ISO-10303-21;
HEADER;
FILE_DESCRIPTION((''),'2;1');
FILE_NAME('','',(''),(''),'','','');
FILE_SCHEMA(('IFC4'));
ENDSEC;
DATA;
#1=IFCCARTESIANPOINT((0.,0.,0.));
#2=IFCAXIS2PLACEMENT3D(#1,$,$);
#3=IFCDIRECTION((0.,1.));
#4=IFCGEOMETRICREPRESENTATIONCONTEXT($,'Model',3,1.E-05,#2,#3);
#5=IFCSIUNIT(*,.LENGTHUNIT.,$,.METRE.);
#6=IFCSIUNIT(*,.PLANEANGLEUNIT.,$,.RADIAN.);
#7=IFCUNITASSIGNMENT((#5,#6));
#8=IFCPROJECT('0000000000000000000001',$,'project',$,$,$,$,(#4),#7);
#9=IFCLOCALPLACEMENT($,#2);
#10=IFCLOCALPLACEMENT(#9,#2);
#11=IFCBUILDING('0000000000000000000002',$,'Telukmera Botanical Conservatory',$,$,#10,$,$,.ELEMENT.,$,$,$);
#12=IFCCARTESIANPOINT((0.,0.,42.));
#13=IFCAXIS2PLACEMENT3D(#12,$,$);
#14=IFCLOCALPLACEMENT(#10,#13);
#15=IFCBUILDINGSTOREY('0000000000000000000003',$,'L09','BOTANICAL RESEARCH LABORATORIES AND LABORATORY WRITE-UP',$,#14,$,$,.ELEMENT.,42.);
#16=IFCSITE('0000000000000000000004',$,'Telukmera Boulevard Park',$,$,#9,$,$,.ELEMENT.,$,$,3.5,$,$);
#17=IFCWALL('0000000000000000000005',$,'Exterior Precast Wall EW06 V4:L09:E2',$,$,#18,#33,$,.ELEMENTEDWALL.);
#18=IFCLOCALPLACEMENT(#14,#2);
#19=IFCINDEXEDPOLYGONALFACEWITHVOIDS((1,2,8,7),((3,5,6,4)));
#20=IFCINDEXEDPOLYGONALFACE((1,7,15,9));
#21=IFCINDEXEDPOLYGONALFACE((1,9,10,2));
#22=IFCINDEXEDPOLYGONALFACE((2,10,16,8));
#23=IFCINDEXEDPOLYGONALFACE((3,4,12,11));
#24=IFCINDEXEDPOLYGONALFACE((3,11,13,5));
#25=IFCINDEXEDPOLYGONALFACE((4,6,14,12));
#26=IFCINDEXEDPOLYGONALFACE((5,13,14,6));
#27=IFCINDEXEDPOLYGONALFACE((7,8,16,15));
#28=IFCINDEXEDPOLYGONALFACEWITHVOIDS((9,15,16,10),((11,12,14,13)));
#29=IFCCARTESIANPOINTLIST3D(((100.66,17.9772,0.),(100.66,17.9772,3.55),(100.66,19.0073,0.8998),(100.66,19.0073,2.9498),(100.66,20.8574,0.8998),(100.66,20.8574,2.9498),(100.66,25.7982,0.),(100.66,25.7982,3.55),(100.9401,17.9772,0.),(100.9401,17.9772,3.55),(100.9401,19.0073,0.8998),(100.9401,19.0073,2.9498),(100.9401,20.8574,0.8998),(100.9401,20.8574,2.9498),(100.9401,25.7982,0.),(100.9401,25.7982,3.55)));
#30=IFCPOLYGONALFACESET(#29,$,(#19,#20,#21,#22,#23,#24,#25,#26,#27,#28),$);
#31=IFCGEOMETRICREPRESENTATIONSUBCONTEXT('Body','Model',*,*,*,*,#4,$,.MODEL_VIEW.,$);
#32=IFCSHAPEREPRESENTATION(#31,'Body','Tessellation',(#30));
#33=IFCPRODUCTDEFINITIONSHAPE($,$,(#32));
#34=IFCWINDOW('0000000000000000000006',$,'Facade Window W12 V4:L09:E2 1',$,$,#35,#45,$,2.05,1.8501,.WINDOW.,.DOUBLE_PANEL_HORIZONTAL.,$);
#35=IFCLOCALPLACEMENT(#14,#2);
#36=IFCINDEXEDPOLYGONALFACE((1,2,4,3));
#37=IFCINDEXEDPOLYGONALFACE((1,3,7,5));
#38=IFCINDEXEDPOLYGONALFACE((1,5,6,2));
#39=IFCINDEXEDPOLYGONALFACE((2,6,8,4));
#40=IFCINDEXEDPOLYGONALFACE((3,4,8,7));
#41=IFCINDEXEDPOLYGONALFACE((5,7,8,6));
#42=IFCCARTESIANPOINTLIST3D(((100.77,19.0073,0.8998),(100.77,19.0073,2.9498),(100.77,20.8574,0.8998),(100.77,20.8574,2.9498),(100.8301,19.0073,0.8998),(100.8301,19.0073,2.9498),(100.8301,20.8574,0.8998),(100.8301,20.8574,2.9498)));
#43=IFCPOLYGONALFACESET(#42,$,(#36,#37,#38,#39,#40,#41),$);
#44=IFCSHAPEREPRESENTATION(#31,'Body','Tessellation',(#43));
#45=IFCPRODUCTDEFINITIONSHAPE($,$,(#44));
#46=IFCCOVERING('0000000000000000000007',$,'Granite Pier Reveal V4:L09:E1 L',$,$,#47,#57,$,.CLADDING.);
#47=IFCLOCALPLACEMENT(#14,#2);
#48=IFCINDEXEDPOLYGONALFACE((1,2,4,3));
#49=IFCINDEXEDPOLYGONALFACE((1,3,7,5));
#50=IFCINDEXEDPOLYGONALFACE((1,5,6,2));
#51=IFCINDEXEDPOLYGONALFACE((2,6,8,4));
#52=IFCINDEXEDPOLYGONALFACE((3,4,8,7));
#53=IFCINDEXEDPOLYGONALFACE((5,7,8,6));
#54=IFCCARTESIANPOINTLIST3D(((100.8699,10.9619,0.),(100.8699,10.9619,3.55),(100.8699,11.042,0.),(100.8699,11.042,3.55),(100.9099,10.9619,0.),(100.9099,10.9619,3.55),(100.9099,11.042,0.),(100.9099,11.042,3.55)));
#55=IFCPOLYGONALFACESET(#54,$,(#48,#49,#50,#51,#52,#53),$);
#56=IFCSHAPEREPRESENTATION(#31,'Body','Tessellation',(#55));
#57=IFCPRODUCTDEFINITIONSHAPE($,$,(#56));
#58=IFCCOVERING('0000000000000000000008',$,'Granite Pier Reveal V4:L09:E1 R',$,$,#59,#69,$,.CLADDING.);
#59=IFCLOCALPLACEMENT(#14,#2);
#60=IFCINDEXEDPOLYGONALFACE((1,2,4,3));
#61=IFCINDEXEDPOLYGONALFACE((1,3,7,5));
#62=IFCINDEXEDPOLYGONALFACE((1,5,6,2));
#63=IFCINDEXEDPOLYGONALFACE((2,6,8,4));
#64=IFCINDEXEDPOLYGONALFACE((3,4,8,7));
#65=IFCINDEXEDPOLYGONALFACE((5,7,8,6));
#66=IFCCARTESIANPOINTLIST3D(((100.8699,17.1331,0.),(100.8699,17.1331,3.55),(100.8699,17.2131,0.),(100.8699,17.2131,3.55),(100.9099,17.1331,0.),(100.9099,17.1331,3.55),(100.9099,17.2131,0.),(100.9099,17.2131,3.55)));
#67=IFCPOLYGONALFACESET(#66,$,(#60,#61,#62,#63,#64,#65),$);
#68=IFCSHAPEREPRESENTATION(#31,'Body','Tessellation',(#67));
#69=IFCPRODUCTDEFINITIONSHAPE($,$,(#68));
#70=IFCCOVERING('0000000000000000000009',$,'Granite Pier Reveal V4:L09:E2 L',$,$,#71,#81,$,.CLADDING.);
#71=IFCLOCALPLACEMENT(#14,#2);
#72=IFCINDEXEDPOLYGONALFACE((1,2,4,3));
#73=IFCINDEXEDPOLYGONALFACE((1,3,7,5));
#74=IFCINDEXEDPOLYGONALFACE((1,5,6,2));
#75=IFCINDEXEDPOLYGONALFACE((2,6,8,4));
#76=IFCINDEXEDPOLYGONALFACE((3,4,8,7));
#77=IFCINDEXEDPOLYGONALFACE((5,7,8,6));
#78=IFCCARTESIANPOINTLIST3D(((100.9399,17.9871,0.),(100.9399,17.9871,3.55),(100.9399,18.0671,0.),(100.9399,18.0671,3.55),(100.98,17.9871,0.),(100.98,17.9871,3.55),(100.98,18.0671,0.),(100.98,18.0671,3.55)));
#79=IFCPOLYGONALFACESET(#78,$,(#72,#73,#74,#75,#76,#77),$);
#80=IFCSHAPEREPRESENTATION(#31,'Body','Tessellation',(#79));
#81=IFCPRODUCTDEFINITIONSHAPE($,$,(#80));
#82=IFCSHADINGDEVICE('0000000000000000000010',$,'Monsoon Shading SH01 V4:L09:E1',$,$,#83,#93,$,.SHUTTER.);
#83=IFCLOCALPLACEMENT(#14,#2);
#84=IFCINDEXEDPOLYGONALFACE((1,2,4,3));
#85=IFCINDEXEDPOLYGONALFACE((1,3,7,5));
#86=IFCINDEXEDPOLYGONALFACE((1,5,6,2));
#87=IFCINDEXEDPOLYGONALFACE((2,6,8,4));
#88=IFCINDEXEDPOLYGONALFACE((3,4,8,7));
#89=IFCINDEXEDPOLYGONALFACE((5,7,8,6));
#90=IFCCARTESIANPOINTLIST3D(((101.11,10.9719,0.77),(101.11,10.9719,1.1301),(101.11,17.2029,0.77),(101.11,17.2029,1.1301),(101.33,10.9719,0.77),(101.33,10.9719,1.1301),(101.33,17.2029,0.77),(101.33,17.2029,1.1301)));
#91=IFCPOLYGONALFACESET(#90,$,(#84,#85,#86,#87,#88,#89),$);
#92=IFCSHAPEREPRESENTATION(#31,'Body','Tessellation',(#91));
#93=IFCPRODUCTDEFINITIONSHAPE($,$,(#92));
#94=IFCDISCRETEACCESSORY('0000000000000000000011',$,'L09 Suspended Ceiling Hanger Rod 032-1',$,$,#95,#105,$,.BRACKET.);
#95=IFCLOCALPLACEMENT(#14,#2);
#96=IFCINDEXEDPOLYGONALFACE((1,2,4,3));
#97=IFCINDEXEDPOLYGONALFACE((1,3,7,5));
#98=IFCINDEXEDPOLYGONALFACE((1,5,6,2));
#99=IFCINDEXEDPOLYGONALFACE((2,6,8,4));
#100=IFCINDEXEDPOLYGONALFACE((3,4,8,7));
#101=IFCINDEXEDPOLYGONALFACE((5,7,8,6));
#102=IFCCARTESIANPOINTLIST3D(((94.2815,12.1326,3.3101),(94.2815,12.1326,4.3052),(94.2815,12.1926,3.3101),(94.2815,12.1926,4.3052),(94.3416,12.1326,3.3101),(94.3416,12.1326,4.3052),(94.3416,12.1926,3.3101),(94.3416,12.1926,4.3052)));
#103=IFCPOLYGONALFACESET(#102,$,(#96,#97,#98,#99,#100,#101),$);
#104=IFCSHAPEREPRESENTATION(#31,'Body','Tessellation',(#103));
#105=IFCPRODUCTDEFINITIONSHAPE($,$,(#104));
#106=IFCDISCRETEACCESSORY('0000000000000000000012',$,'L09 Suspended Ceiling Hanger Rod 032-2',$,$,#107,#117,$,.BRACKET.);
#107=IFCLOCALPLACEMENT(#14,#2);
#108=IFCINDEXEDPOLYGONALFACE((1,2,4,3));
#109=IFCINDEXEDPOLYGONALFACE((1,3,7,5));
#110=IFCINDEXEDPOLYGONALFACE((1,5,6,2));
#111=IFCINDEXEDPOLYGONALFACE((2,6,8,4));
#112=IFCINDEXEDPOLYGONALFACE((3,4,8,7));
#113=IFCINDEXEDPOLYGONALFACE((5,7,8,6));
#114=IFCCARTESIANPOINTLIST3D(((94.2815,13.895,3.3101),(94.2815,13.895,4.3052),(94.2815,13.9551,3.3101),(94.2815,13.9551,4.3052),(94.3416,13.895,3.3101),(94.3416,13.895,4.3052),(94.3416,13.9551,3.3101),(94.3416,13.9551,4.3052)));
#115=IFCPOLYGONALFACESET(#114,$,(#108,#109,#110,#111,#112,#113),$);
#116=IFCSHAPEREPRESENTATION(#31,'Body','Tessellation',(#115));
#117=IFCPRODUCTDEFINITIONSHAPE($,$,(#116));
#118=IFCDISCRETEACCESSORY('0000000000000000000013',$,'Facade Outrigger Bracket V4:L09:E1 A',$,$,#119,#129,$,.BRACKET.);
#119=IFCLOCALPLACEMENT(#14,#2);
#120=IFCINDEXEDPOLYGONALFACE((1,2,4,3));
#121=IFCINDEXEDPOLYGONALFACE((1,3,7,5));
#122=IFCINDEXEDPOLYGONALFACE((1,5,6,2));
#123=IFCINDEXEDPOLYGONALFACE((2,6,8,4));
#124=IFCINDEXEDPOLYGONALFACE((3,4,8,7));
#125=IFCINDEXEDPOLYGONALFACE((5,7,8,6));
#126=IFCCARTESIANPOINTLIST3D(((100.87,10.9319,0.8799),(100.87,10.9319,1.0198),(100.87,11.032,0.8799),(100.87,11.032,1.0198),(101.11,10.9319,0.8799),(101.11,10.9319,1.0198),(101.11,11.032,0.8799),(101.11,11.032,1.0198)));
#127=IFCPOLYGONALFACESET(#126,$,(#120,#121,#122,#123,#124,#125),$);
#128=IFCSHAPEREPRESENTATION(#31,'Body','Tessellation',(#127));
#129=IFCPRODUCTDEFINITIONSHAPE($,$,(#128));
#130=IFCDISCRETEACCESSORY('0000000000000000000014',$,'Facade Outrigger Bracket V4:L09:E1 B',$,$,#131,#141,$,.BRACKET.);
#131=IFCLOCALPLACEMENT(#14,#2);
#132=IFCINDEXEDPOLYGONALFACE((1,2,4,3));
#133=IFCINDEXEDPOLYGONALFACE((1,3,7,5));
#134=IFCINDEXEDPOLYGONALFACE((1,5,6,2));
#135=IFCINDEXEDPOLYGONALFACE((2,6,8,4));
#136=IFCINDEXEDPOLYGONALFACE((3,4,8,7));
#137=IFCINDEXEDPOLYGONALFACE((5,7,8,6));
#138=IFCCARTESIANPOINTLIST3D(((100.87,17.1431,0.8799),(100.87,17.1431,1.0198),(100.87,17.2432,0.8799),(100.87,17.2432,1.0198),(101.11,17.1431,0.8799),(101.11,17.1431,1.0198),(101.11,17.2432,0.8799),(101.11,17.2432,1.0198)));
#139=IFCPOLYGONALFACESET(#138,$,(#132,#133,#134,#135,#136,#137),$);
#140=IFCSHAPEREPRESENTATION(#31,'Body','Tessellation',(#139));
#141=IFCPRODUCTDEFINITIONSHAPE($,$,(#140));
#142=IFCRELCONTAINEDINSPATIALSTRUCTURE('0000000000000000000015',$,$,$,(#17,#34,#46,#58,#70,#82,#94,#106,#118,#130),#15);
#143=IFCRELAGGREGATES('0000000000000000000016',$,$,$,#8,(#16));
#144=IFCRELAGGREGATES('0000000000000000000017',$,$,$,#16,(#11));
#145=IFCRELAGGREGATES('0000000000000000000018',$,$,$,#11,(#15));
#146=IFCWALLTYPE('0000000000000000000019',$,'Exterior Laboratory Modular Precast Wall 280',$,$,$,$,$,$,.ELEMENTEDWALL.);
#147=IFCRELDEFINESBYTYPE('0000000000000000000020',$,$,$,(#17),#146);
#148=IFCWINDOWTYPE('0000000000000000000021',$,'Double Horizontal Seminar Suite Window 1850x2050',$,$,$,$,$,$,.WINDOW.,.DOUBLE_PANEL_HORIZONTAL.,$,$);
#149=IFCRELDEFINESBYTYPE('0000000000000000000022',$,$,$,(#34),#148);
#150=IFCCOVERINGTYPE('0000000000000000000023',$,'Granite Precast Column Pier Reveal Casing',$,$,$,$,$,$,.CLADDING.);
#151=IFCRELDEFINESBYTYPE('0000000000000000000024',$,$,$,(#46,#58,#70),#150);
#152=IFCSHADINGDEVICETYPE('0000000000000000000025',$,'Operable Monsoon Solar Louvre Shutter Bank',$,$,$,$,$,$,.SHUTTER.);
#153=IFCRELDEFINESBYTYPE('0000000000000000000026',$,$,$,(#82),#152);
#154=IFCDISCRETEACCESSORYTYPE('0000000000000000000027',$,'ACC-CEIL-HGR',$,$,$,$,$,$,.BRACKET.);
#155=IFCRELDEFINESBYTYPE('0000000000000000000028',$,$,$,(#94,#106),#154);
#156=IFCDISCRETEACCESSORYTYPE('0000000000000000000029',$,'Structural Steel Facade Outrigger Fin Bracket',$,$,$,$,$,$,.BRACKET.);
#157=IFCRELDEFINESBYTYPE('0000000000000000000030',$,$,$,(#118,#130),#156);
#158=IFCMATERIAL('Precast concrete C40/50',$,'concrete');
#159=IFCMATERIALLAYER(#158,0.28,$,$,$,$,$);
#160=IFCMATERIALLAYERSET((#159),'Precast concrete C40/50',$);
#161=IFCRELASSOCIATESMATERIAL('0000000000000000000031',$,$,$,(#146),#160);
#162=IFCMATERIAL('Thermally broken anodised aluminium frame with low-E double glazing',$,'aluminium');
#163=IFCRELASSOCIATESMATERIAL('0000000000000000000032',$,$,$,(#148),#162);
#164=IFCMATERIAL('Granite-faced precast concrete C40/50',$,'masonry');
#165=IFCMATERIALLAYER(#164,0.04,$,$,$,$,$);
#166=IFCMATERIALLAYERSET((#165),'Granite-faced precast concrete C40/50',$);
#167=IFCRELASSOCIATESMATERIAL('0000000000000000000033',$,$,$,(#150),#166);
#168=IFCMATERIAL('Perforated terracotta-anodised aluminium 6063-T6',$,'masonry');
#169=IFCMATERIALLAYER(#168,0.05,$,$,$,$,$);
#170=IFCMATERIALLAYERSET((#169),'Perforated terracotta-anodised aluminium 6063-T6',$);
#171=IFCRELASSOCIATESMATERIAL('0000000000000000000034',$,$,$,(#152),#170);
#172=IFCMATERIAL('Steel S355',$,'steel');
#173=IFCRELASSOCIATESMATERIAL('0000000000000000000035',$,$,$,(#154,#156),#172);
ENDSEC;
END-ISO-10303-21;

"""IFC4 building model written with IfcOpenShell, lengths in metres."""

from ifc_helpers import new_model, si_unit, direction, frame, frame_2d, origin, origin_2d, place, context, subcontext, project, spatial, rectangle, extrude, material, layer, layer_set, type_object, element, fill, save


model = new_model("IFC4")

# Units and contexts
model_context = context("Model", 3, precision=1e-05, world=origin(), true_north=direction((0.0, 1.0)))
body_context = subcontext(model_context, "Body", "Model", "MODEL_VIEW")
ifc_project = project(units=[si_unit("LENGTHUNIT", "METRE"), si_unit("PLANEANGLEUNIT", "RADIAN")], contexts=[model_context])

# Site, building, storey
site_placement = place(None, origin())
site = spatial("IfcSite", under=ifc_project, at=site_placement, Name="Telukmera Boulevard Park", CompositionType="ELEMENT", RefElevation=3.5)
building_placement = place(site_placement, origin())
building = spatial("IfcBuilding", under=site, at=building_placement, Name="Telukmera Botanical Conservatory", CompositionType="ELEMENT")
storey_placement = place(building_placement, frame((0.0, 0.0, 42.0)))
storey = spatial("IfcBuildingStorey", under=building, at=storey_placement, Name="L09", Description="BOTANICAL RESEARCH LABORATORIES AND LABORATORY WRITE-UP", CompositionType="ELEMENT", Elevation=42.0)

# Shared definitions
ifc_material_1 = material(Name="Precast concrete C40/50", Category="concrete")

# Wall, opening, window
ifc_layer_1 = layer(ifc_material_1, 0.28)
ifc_layer_set_1 = layer_set([ifc_layer_1], Name="Precast concrete C40/50")
wall_type = type_object("IfcWallType", Name="Exterior Laboratory Modular Precast Wall 280", PredefinedType="ELEMENTEDWALL", material=ifc_layer_set_1)
wall_placement = place(storey_placement, frame((100.8, 17.9771, 0.0), z_axis=(0.0, 0.0, 1.0), x_axis=(0.0, 1.0, 0.0)))
wall = element("IfcWall", 1, at=wall_placement, inside=storey, type_object=wall_type, Name="Exterior Precast Wall EW06 V4:L09:E2", PredefinedType="ELEMENTEDWALL", context=body_context, shape_type="SweptSolid", body=[
    extrude(rectangle(XDim=7.821, YDim=0.28, at=frame_2d((3.9106, 0.0))), origin(), (0.0, 0.0, 1.0), 3.55),
])
opening_placement = place(wall_placement, frame((1.0303, 0.0, 0.8999)))
opening = element("IfcOpeningElement", 2, at=opening_placement, cuts=wall, PredefinedType="OPENING", context=body_context, shape_type="SweptSolid", body=[
    extrude(rectangle(XDim=1.8501, YDim=2.05, at=frame_2d((0.925, 1.0249))), frame((0.0, 0.1499, 0.0), z_axis=(0.0, -1.0, 0.0), x_axis=(1.0, 0.0, 0.0)), (0.0, 0.0, 1.0), 0.3),
])
ifc_material_2 = material(Name="Thermally broken anodised aluminium frame with low-E double glazing", Category="aluminium")
window_type = type_object("IfcWindowType", Name="Double Horizontal Seminar Suite Window 1850x2050", PartitioningType="DOUBLE_PANEL_HORIZONTAL", PredefinedType="WINDOW", material=ifc_material_2)
window_placement = place(opening_placement, origin())
window = element("IfcWindow", 3, at=window_placement, inside=storey, type_object=window_type, Name="Facade Window W12 V4:L09:E2 1", OverallHeight=2.05, OverallWidth=1.8501, PartitioningType="DOUBLE_PANEL_HORIZONTAL", PredefinedType="WINDOW", context=body_context, shape_type="SweptSolid", body=[
    extrude(rectangle(XDim=1.8501, YDim=2.05, at=frame_2d((0.925, 1.0249))), frame((0.0, 0.03, 0.0), z_axis=(0.0, -1.0, 0.0), x_axis=(1.0, 0.0, 0.0)), (0.0, 0.0, 1.0), 0.0601),
])
fill(opening, window)

# Coverings
ifc_material_3 = material(Name="Granite-faced precast concrete C40/50", Category="masonry")
ifc_layer_2 = layer(ifc_material_3, 0.04)
ifc_layer_set_2 = layer_set([ifc_layer_2], Name="Granite-faced precast concrete C40/50")
covering_type = type_object("IfcCoveringType", Name="Granite Precast Column Pier Reveal Casing", PredefinedType="CLADDING", material=ifc_layer_set_2)
for number, where, z_axis, x_axis, name in (
    (4, (100.8899, 11.002, 0.0), (0.0, 0.0, 1.0), (0.0, 1.0, 0.0), "Granite Pier Reveal V4:L09:E1 L"),
    (5, (100.8899, 17.1731, 0.0), (0.0, 0.0, 1.0), (0.0, 1.0, 0.0), "Granite Pier Reveal V4:L09:E1 R"),
    (6, (100.96, 18.0271, 0.0), (0.0, 0.0, 1.0), (0.0, 1.0, 0.0), "Granite Pier Reveal V4:L09:E2 L"),
):
    element("IfcCovering", number, at=place(storey_placement, frame(where, z_axis=z_axis, x_axis=x_axis)), inside=storey, type_object=covering_type, Name=name, PredefinedType="CLADDING", context=body_context, shape_type="SweptSolid", body=[
        extrude(rectangle(XDim=0.0801, YDim=0.04, at=origin_2d()), origin(), (0.0, 0.0, 1.0), 3.55),
    ])

# Shading device
ifc_material_4 = material(Name="Perforated terracotta-anodised aluminium 6063-T6", Category="masonry")
ifc_layer_3 = layer(ifc_material_4, 0.05)
ifc_layer_set_3 = layer_set([ifc_layer_3], Name="Perforated terracotta-anodised aluminium 6063-T6")
shading_device_type = type_object("IfcShadingDeviceType", Name="Operable Monsoon Solar Louvre Shutter Bank", PredefinedType="SHUTTER", material=ifc_layer_set_3)
shading_device_placement = place(storey_placement, frame((101.22, 14.0874, 0.77), z_axis=(0.0, 0.0, 1.0), x_axis=(0.0, 1.0, 0.0)))
element("IfcShadingDevice", 7, at=shading_device_placement, inside=storey, type_object=shading_device_type, Name="Monsoon Shading SH01 V4:L09:E1", PredefinedType="SHUTTER", context=body_context, shape_type="SweptSolid", body=[
    extrude(rectangle(XDim=6.231, YDim=0.22, at=origin_2d()), origin(), (0.0, 0.0, 1.0), 0.3601),
])

# Discrete accessories
ifc_material_5 = material(Name="Steel S355", Category="steel")
discrete_accessory_type_1 = type_object("IfcDiscreteAccessoryType", Name="ACC-CEIL-HGR", PredefinedType="BRACKET", material=ifc_material_5)
for number, where, z_axis, x_axis, name in (
    (8, (94.3115, 12.1626, 3.3101), (0.0, 0.0, 1.0), (1.0, 0.0, 0.0), "L09 Suspended Ceiling Hanger Rod 032-1"),
    (9, (94.3115, 13.925, 3.3101), (0.0, 0.0, 1.0), (1.0, 0.0, 0.0), "L09 Suspended Ceiling Hanger Rod 032-2"),
):
    element("IfcDiscreteAccessory", number, at=place(storey_placement, frame(where, z_axis=z_axis, x_axis=x_axis)), inside=storey, type_object=discrete_accessory_type_1, Name=name, PredefinedType="BRACKET", context=body_context, shape_type="SweptSolid", body=[
        extrude(rectangle(XDim=0.0601, YDim=0.0601, at=origin_2d()), origin(), (0.0, 0.0, 1.0), 0.9951),
    ])
discrete_accessory_type_2 = type_object("IfcDiscreteAccessoryType", Name="Structural Steel Facade Outrigger Fin Bracket", PredefinedType="BRACKET", material=ifc_material_5)
for number, where, z_axis, x_axis, name in (
    (10, (100.99, 10.9819, 0.8799), (0.0, 0.0, 1.0), (0.0, 1.0, 0.0), "Facade Outrigger Bracket V4:L09:E1 A"),
    (11, (100.99, 17.1931, 0.8799), (0.0, 0.0, 1.0), (0.0, 1.0, 0.0), "Facade Outrigger Bracket V4:L09:E1 B"),
):
    element("IfcDiscreteAccessory", number, at=place(storey_placement, frame(where, z_axis=z_axis, x_axis=x_axis)), inside=storey, type_object=discrete_accessory_type_2, Name=name, PredefinedType="BRACKET", context=body_context, shape_type="SweptSolid", body=[
        extrude(rectangle(XDim=0.1001, YDim=0.24, at=origin_2d()), origin(), (0.0, 0.0, 1.0), 0.1399),
    ])

save(model, "model.ifc")
